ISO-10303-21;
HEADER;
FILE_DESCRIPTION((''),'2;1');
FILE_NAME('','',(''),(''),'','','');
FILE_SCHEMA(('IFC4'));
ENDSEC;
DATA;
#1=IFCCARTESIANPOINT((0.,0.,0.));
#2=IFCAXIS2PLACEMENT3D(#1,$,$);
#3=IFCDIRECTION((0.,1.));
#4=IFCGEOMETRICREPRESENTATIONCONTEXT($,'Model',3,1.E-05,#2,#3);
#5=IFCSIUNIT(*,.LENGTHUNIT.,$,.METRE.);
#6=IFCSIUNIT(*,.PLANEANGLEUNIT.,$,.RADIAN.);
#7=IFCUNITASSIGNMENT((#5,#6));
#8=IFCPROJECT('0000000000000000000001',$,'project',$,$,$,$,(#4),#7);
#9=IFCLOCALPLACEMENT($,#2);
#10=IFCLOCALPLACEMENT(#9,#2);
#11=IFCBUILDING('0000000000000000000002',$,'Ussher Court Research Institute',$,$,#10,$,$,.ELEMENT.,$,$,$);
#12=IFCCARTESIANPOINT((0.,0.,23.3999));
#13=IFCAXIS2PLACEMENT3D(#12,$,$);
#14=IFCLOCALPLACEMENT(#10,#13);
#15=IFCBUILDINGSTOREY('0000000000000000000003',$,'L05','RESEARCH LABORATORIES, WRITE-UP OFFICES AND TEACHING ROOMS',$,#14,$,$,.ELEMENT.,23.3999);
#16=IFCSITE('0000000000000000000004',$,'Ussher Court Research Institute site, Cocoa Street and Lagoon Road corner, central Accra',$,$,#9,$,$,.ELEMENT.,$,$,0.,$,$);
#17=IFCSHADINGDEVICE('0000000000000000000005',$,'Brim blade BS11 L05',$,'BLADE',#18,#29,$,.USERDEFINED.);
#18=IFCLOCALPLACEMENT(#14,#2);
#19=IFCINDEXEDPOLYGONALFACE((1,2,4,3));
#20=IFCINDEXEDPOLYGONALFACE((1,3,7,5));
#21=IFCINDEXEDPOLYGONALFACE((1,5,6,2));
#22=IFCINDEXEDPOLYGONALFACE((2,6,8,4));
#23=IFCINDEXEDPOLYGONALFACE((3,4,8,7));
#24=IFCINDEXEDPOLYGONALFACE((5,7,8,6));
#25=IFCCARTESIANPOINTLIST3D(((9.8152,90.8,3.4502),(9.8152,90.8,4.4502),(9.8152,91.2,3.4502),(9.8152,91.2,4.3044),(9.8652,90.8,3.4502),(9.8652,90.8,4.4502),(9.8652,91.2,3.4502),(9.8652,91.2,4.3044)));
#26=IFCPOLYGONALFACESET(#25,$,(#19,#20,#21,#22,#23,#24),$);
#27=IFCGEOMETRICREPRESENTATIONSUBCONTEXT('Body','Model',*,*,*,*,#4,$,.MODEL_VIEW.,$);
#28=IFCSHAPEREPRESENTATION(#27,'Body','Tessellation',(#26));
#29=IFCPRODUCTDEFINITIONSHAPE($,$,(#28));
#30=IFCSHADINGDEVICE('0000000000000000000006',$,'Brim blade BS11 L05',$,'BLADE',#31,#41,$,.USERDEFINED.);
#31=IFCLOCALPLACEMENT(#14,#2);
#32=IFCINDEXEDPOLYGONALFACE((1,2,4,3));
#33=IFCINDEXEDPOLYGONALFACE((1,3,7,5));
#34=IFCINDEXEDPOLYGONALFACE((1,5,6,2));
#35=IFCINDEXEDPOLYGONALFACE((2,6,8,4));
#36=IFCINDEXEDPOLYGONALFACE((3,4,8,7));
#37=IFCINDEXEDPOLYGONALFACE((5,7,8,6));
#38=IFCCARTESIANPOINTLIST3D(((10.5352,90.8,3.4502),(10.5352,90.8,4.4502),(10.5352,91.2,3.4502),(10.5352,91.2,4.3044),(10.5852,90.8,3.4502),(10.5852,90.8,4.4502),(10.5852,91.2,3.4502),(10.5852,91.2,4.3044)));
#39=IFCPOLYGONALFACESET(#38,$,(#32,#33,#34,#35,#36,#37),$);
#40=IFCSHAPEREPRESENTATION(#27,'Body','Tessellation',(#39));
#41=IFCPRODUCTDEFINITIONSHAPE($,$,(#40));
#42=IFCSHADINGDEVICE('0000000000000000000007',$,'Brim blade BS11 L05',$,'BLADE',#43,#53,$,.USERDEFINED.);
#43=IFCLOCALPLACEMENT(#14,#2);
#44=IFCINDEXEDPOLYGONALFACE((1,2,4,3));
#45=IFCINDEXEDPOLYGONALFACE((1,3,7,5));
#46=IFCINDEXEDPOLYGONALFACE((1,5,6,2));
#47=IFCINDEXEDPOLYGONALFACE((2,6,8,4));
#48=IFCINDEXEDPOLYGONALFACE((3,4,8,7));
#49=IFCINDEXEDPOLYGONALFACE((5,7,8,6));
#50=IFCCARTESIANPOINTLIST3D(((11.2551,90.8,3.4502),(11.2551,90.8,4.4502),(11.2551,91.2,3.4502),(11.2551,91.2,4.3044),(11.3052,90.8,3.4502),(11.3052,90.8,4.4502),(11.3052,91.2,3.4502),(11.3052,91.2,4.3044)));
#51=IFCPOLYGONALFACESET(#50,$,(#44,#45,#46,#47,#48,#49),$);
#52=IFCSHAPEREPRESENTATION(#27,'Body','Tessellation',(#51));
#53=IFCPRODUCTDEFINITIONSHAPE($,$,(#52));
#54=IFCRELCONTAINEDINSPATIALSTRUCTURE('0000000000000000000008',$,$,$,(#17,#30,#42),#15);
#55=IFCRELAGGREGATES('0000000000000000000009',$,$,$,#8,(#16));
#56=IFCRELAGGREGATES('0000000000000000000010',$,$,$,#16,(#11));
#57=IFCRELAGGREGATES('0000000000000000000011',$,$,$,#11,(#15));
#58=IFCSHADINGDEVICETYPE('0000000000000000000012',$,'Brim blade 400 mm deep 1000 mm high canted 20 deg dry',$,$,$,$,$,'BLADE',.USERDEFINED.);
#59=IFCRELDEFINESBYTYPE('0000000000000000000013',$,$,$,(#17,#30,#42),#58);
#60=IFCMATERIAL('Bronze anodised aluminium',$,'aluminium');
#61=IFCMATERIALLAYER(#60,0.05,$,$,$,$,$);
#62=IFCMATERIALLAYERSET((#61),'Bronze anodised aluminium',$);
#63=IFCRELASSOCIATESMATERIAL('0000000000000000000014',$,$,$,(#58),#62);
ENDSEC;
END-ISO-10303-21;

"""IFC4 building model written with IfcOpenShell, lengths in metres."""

from ifc_helpers import new_model, si_unit, direction, frame, origin, place, context, subcontext, project, spatial, polyline, outline, extrude, material, layer, layer_set, type_object, element, save


model = new_model("IFC4")

# Units and contexts
model_context = context("Model", 3, precision=1e-05, world=origin(), true_north=direction((0.0, 1.0)))
body_context = subcontext(model_context, "Body", "Model", "MODEL_VIEW")
ifc_project = project(units=[si_unit("LENGTHUNIT", "METRE"), si_unit("PLANEANGLEUNIT", "RADIAN")], contexts=[model_context])

# Site, building, storey
site_placement = place(None, origin())
site = spatial("IfcSite", under=ifc_project, at=site_placement, Name="Ussher Court Research Institute site, Cocoa Street and Lagoon Road corner, central Accra", CompositionType="ELEMENT", RefElevation=0.0)
building_placement = place(site_placement, origin())
building = spatial("IfcBuilding", under=site, at=building_placement, Name="Ussher Court Research Institute", CompositionType="ELEMENT")
storey_placement = place(building_placement, frame((0.0, 0.0, 23.3999)))
storey = spatial("IfcBuildingStorey", under=building, at=storey_placement, Name="L05", Description="RESEARCH LABORATORIES, WRITE-UP OFFICES AND TEACHING ROOMS", CompositionType="ELEMENT", Elevation=23.3999)

# Shading devices
ifc_material_1 = material(Name="Bronze anodised aluminium", Category="aluminium")
ifc_layer_1 = layer(ifc_material_1, 0.05)
ifc_layer_set_1 = layer_set([ifc_layer_1], Name="Bronze anodised aluminium")
shading_device_type_1 = type_object("IfcShadingDeviceType", Name="Brim blade 400 mm deep 1000 mm high canted 20 deg dry", ElementType="BLADE", PredefinedType="USERDEFINED", material=ifc_layer_set_1)
for number, where, z_axis, x_axis, name in (
    (1, (9.8401, 90.8, 3.4502), (0.0, 0.0, 1.0), (0.0, 1.0, 0.0), "Brim blade BS11 L05"),
    (2, (10.5601, 90.8, 3.4502), (0.0, 0.0, 1.0), (0.0, 1.0, 0.0), "Brim blade BS11 L05"),
    (3, (11.28, 90.8, 3.4502), (0.0, 0.0, 1.0), (0.0, 1.0, 0.0), "Brim blade BS11 L05"),
):
    element("IfcShadingDevice", number, at=place(storey_placement, frame(where, z_axis=z_axis, x_axis=x_axis)), inside=storey, type_object=shading_device_type_1, Name=name, ObjectType="BLADE", PredefinedType="USERDEFINED", context=body_context, shape_type="SweptSolid", body=[
        extrude(outline(polyline([(0.0, 0.0), (0.3999, 0.0), (0.3999, 0.8542), (0.0, 1.0), (0.0, 0.0)])), frame((0.0, 0.0249, 0.0), z_axis=(0.0, -1.0, 0.0), x_axis=(1.0, 0.0, 0.0)), (0.0, 0.0, 1.0), 0.05),
    ])

save(model, "model.ifc")
